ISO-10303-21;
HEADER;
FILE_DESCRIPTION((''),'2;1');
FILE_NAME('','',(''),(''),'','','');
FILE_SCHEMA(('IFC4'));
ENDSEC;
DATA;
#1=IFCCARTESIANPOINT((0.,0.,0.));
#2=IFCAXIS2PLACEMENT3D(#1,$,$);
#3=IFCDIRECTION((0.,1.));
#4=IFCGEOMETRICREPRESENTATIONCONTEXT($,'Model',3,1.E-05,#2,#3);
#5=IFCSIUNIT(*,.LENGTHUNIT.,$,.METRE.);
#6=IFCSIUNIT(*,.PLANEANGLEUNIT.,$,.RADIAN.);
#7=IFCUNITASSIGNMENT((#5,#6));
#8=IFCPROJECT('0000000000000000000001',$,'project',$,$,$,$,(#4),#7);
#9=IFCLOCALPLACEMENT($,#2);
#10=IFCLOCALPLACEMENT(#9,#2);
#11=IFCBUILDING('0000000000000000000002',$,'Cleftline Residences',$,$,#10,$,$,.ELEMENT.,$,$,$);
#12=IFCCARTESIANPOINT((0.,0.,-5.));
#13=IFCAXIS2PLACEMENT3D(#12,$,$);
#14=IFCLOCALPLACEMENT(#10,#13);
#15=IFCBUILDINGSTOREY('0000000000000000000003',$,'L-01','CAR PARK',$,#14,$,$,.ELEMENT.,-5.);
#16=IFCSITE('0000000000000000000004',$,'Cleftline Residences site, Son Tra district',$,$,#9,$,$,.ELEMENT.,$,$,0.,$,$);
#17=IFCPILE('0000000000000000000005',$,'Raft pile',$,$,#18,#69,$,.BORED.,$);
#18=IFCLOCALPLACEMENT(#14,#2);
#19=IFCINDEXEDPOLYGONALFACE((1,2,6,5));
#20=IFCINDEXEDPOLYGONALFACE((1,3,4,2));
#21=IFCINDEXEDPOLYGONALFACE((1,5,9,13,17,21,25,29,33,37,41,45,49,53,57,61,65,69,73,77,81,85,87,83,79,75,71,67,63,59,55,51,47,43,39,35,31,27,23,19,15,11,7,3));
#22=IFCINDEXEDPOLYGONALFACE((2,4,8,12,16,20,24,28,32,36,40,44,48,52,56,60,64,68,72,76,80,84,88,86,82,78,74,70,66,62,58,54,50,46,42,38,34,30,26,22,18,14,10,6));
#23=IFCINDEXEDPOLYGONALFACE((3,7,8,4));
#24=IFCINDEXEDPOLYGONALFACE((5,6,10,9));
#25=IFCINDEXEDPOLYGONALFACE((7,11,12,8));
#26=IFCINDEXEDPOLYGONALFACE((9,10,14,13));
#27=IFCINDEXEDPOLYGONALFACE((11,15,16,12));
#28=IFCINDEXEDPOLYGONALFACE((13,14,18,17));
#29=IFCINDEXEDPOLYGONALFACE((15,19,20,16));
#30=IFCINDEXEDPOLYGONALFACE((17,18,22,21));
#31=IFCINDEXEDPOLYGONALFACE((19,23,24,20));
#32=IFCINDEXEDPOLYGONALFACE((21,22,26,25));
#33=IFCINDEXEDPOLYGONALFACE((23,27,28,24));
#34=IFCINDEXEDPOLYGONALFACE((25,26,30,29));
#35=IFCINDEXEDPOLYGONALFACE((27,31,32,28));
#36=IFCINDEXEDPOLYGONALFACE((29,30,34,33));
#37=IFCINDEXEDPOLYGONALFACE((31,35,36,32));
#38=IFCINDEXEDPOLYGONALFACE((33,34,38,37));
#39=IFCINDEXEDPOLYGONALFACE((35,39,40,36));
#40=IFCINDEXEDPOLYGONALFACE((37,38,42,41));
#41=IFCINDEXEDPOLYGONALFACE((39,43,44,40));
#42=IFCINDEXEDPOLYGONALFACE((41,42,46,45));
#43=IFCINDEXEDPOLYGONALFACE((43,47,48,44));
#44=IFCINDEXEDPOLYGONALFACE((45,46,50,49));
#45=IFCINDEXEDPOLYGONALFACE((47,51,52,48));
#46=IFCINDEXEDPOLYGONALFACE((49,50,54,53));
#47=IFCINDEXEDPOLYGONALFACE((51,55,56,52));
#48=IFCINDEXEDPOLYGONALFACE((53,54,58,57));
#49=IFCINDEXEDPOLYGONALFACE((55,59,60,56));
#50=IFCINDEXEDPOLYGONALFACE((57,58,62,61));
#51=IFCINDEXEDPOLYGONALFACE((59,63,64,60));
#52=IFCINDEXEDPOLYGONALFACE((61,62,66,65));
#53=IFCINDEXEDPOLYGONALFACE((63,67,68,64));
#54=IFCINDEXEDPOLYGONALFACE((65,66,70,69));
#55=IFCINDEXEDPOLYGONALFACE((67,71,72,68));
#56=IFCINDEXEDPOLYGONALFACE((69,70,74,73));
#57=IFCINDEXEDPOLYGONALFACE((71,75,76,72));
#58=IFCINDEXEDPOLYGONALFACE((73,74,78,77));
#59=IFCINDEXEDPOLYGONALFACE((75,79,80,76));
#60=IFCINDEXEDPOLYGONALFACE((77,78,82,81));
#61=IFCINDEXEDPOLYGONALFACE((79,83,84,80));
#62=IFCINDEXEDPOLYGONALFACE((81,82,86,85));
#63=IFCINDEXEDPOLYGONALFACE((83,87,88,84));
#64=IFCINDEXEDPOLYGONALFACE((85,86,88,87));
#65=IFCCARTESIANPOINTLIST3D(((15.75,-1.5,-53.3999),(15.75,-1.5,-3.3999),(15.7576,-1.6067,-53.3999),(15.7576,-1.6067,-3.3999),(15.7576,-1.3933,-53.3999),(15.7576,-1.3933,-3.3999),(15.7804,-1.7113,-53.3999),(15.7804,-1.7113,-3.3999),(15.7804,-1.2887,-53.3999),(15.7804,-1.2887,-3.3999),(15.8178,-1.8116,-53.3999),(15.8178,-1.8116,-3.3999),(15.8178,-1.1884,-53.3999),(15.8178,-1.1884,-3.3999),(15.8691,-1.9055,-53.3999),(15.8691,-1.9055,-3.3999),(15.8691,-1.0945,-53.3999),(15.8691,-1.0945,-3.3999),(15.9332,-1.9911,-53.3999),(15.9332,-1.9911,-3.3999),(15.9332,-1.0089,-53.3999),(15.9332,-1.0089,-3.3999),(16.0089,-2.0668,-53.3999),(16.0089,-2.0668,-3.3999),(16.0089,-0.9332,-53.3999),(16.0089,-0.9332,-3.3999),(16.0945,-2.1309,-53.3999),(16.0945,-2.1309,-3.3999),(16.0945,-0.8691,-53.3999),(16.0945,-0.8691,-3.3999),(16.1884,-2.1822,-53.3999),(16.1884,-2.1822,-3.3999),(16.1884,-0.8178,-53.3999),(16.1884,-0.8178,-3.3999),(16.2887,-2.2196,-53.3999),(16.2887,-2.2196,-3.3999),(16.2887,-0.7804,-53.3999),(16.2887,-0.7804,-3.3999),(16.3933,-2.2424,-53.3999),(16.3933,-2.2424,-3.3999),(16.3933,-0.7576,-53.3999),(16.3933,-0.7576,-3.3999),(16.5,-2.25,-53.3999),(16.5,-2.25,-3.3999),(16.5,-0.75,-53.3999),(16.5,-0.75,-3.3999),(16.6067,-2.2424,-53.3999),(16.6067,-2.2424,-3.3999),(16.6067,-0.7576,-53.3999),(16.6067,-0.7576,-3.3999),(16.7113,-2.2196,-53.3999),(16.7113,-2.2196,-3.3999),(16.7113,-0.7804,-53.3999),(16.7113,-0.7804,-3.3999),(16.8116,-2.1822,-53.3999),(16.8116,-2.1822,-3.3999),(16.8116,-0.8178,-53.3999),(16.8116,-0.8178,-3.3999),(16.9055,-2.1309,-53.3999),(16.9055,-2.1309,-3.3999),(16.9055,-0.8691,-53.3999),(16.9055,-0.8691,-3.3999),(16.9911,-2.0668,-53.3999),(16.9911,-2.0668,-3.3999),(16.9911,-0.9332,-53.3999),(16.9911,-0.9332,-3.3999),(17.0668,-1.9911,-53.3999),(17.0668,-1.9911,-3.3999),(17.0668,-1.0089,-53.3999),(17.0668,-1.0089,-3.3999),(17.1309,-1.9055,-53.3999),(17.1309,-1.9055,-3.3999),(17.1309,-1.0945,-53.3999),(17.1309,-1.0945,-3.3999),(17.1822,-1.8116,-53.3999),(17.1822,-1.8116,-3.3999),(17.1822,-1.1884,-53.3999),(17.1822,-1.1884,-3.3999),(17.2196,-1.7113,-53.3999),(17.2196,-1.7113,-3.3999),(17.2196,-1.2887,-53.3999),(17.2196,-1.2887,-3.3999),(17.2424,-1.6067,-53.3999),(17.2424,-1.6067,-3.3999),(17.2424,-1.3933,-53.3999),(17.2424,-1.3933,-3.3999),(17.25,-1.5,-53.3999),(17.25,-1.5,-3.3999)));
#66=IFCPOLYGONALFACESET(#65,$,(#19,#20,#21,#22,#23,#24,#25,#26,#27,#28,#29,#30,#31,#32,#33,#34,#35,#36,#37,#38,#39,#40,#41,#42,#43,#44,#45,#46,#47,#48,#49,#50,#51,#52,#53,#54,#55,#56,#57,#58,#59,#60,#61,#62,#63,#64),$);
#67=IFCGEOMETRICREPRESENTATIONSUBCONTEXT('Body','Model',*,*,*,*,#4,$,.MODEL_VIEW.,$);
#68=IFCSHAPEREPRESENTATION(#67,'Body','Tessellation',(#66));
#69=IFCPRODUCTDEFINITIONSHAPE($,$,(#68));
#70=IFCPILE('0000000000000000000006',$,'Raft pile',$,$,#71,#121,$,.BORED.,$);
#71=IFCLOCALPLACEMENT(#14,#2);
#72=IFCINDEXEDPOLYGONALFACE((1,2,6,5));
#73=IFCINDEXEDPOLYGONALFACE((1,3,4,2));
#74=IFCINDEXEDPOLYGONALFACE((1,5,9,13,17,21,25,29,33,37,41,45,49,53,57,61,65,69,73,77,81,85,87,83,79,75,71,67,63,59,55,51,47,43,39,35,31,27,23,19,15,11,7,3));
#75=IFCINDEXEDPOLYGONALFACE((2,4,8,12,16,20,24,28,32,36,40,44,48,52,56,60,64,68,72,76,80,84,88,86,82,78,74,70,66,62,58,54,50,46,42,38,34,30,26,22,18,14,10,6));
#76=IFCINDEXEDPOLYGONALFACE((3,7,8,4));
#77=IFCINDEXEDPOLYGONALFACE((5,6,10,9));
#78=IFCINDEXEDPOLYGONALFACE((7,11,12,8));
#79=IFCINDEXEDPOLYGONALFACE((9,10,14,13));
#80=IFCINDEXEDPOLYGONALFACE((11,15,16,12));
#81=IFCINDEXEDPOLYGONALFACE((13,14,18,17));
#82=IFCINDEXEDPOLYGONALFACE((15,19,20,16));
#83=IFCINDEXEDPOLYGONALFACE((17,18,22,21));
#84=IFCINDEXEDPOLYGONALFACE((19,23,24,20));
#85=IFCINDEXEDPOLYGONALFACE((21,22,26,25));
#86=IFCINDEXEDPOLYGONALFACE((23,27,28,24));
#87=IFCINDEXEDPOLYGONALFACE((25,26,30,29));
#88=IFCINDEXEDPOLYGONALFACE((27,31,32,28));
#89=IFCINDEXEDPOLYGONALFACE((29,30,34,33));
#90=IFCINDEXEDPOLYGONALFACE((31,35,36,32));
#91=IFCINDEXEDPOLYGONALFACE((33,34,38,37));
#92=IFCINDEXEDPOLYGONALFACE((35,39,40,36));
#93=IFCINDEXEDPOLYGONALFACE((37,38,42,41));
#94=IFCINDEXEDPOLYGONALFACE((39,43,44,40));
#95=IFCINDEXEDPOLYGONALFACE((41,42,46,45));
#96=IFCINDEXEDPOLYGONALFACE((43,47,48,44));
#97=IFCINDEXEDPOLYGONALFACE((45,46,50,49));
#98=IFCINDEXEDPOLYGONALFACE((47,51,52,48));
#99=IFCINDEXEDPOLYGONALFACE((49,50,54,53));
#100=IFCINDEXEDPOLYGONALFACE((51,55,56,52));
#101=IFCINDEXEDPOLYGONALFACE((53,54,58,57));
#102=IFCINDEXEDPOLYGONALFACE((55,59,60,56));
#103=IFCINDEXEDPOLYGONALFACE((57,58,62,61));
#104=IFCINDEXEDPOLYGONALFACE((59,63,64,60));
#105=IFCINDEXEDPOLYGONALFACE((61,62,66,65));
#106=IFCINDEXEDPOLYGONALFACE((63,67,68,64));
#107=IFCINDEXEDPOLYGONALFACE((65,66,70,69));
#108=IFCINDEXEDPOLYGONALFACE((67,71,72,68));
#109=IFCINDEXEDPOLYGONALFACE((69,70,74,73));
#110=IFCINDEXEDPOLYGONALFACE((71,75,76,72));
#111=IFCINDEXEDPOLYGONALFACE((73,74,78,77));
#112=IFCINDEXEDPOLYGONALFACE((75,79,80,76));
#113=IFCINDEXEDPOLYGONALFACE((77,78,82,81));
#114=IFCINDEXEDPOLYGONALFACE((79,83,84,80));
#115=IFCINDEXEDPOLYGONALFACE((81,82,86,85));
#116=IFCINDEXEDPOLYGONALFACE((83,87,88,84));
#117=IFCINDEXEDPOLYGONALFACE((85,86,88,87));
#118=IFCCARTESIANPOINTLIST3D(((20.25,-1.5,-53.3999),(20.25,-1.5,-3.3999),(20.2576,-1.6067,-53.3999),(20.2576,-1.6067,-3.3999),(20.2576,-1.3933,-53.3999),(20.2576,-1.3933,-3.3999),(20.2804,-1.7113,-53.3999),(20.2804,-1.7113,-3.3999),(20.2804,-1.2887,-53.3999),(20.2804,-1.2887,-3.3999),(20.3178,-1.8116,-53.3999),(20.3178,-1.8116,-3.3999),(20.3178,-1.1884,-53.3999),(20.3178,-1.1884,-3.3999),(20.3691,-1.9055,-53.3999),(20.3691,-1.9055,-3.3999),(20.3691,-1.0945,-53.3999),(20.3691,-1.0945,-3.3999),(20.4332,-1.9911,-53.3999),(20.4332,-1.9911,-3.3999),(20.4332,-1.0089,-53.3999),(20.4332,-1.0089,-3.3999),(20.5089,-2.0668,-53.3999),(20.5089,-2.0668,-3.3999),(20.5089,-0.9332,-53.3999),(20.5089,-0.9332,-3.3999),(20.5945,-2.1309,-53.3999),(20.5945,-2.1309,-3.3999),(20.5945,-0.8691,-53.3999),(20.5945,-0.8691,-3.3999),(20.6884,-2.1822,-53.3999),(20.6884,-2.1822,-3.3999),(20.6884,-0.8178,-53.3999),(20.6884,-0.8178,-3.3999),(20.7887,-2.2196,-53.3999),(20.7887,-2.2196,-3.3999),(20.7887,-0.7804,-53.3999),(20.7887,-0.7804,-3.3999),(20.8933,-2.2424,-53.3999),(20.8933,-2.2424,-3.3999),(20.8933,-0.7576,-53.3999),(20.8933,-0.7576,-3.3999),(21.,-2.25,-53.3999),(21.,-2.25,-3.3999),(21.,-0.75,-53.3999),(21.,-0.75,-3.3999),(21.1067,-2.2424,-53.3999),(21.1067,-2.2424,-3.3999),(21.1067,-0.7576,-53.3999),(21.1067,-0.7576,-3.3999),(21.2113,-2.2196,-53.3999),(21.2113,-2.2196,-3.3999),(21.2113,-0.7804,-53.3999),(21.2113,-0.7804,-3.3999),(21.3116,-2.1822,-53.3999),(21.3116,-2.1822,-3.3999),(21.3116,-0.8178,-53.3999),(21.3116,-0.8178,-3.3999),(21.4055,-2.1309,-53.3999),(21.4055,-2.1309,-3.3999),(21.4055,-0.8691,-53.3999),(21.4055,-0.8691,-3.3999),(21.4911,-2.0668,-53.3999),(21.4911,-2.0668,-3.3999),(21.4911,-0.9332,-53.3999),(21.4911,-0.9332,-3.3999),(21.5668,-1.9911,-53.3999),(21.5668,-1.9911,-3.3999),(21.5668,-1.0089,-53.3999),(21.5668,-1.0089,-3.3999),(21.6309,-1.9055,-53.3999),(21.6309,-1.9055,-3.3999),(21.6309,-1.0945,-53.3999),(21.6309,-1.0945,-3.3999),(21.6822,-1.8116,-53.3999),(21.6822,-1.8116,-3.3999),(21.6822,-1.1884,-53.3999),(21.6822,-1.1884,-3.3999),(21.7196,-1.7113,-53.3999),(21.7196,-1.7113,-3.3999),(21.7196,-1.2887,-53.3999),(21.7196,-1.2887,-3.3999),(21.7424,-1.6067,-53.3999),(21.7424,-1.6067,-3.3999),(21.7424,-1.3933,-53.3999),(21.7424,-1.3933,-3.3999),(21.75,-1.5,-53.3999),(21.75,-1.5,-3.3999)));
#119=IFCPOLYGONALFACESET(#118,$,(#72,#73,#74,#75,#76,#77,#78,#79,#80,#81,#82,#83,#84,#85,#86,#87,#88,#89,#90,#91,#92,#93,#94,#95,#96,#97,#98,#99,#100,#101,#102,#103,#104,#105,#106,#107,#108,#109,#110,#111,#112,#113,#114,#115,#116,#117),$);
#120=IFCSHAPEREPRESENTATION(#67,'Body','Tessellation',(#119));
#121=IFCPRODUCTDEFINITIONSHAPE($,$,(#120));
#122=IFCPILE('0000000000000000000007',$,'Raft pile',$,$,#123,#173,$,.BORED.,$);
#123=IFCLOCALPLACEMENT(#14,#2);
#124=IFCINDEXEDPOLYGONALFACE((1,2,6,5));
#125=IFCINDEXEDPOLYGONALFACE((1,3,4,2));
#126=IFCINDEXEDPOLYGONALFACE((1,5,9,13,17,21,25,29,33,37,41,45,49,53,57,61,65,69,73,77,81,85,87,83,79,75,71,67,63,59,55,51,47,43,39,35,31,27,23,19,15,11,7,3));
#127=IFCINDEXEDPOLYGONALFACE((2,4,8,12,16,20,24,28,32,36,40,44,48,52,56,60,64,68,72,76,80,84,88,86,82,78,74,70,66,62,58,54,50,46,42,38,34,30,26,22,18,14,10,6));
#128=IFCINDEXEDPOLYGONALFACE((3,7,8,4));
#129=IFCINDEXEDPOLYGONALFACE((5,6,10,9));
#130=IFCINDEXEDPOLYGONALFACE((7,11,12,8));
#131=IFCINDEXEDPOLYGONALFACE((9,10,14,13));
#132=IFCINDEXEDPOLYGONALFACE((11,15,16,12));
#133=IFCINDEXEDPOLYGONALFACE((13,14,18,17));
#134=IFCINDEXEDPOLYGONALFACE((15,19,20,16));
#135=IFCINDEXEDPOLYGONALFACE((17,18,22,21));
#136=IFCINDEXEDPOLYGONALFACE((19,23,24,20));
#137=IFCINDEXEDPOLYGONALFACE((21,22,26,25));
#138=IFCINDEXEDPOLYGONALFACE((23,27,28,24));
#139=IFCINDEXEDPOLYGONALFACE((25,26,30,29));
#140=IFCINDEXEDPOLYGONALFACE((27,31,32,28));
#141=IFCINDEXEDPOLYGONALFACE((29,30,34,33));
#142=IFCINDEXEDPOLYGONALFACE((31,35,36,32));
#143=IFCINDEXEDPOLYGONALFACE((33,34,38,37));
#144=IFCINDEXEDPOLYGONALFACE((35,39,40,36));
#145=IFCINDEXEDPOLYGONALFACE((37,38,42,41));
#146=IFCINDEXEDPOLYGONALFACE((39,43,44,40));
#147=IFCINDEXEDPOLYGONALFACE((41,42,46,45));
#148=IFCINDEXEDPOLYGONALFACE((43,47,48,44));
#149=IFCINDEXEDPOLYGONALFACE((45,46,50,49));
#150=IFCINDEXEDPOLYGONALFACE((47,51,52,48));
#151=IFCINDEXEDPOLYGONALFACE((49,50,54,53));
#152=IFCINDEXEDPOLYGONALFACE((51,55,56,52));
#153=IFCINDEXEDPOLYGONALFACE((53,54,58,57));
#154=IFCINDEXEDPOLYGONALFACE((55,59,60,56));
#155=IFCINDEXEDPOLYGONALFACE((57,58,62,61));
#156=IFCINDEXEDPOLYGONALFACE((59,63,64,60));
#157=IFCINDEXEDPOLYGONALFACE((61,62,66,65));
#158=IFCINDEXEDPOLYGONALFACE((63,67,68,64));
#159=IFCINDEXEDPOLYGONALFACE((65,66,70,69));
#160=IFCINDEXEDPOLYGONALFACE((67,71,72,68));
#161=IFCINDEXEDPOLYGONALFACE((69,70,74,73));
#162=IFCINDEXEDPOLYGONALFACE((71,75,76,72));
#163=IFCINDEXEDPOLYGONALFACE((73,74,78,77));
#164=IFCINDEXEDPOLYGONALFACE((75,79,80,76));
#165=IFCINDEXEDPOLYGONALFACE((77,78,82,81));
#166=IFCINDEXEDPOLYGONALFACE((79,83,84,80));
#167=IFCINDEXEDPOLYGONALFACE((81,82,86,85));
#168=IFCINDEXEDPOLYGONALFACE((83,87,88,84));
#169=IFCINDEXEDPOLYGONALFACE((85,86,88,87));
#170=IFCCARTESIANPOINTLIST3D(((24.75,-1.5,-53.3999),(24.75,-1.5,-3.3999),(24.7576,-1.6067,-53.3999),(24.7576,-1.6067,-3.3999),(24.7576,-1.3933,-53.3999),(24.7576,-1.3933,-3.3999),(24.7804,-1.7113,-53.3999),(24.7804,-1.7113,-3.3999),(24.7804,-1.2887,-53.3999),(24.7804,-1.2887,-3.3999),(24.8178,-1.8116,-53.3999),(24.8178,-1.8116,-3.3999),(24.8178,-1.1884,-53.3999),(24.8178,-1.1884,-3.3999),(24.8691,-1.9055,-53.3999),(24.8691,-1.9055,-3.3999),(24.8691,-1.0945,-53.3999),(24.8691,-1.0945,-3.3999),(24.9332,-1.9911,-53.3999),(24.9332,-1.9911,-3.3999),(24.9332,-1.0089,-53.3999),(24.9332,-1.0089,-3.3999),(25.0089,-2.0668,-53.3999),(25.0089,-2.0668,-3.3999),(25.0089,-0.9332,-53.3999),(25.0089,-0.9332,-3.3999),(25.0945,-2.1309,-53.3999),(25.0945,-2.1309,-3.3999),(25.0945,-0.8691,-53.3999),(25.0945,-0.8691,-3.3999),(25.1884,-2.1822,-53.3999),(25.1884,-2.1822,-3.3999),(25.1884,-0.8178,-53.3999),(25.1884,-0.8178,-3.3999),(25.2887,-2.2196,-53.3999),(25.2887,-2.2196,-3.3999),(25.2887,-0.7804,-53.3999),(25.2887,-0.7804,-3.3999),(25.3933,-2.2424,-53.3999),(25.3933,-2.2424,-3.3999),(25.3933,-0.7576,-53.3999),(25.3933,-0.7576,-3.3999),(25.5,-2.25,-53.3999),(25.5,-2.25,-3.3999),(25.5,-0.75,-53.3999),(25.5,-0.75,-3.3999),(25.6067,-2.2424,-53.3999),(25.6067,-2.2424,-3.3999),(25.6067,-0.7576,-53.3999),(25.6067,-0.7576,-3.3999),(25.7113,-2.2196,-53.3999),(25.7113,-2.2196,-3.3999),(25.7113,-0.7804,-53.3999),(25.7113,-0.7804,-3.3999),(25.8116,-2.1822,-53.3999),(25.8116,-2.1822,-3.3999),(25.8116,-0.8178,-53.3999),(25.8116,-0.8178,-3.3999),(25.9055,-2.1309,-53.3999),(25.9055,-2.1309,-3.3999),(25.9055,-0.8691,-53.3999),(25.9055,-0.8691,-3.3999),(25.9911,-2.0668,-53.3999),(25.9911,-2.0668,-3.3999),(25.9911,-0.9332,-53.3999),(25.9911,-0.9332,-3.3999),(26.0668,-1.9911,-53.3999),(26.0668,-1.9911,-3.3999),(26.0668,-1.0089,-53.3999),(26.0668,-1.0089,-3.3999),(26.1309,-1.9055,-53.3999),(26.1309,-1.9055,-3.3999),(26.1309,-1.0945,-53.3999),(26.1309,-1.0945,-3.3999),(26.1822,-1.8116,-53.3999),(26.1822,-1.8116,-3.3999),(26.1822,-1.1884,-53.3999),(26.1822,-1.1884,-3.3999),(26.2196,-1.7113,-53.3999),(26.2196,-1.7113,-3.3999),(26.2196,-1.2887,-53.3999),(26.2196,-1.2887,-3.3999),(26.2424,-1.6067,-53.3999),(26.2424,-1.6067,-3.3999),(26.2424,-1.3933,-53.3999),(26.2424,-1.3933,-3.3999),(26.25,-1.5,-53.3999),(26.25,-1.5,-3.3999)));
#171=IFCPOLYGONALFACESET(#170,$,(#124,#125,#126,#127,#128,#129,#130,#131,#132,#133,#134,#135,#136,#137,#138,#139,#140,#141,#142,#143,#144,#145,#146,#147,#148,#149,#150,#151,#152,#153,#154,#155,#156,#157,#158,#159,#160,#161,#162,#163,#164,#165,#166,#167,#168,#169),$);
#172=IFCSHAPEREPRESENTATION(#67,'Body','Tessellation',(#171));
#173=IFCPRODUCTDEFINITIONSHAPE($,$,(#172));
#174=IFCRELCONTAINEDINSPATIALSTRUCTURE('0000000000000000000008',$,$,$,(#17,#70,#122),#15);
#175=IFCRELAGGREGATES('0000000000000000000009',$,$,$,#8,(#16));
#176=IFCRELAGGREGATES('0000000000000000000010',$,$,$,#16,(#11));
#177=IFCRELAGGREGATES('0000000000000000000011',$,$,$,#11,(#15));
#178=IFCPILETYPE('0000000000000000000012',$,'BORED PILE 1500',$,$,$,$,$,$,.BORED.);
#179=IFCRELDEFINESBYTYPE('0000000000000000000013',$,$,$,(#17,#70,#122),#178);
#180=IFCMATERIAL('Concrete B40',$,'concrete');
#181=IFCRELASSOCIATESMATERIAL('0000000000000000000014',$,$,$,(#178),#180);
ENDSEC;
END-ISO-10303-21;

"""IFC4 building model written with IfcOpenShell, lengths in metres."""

from ifc_helpers import new_model, si_unit, direction, frame, origin, origin_2d, place, context, subcontext, project, spatial, circle, extrude, material, material_profile, profile_set, type_object, element, save


model = new_model("IFC4")

# Units and contexts
model_context = context("Model", 3, precision=1e-05, world=origin(), true_north=direction((0.0, 1.0)))
body_context = subcontext(model_context, "Body", "Model", "MODEL_VIEW")
ifc_project = project(units=[si_unit("LENGTHUNIT", "METRE"), si_unit("PLANEANGLEUNIT", "RADIAN")], contexts=[model_context])

# Site, building, storey
site_placement = place(None, origin())
site = spatial("IfcSite", under=ifc_project, at=site_placement, Name="Cleftline Residences site, Son Tra district", CompositionType="ELEMENT", RefElevation=0.0)
building_placement = place(site_placement, origin())
building = spatial("IfcBuilding", under=site, at=building_placement, Name="Cleftline Residences", CompositionType="ELEMENT")
storey_placement = place(building_placement, frame((0.0, 0.0, -5.0)))
storey = spatial("IfcBuildingStorey", under=building, at=storey_placement, Name="L-01", Description="CAR PARK", CompositionType="ELEMENT", Elevation=-5.0)

# Piles
ifc_material_1 = material(Name="Concrete B40", Category="concrete")
ifc_material_profile_1 = material_profile(ifc_material_1, circle(Radius=0.75, at=origin_2d()))
ifc_profile_set_1 = profile_set([ifc_material_profile_1], Name="Concrete B40")
pile_type_1 = type_object("IfcPileType", Name="BORED PILE 1500", PredefinedType="BORED", material=ifc_profile_set_1)
for number, where, z_axis, x_axis, name in (
    (1, (16.5, -1.5, -3.3999), (0.0, 0.0, -1.0), (1.0, 0.0, 0.0), "Raft pile"),
    (2, (21.0, -1.5, -3.3999), (0.0, 0.0, -1.0), (1.0, 0.0, 0.0), "Raft pile"),
    (3, (25.5, -1.5, -3.3999), (0.0, 0.0, -1.0), (1.0, 0.0, 0.0), "Raft pile"),
):
    element("IfcPile", number, at=place(storey_placement, frame(where, z_axis=z_axis, x_axis=x_axis)), inside=storey, type_object=pile_type_1, Name=name, PredefinedType="BORED", context=body_context, shape_type="SweptSolid", body=[
        extrude(circle(Radius=0.75, at=origin_2d()), origin(), (0.0, 0.0, 1.0), 50.0),
    ])

save(model, "model.ifc")
